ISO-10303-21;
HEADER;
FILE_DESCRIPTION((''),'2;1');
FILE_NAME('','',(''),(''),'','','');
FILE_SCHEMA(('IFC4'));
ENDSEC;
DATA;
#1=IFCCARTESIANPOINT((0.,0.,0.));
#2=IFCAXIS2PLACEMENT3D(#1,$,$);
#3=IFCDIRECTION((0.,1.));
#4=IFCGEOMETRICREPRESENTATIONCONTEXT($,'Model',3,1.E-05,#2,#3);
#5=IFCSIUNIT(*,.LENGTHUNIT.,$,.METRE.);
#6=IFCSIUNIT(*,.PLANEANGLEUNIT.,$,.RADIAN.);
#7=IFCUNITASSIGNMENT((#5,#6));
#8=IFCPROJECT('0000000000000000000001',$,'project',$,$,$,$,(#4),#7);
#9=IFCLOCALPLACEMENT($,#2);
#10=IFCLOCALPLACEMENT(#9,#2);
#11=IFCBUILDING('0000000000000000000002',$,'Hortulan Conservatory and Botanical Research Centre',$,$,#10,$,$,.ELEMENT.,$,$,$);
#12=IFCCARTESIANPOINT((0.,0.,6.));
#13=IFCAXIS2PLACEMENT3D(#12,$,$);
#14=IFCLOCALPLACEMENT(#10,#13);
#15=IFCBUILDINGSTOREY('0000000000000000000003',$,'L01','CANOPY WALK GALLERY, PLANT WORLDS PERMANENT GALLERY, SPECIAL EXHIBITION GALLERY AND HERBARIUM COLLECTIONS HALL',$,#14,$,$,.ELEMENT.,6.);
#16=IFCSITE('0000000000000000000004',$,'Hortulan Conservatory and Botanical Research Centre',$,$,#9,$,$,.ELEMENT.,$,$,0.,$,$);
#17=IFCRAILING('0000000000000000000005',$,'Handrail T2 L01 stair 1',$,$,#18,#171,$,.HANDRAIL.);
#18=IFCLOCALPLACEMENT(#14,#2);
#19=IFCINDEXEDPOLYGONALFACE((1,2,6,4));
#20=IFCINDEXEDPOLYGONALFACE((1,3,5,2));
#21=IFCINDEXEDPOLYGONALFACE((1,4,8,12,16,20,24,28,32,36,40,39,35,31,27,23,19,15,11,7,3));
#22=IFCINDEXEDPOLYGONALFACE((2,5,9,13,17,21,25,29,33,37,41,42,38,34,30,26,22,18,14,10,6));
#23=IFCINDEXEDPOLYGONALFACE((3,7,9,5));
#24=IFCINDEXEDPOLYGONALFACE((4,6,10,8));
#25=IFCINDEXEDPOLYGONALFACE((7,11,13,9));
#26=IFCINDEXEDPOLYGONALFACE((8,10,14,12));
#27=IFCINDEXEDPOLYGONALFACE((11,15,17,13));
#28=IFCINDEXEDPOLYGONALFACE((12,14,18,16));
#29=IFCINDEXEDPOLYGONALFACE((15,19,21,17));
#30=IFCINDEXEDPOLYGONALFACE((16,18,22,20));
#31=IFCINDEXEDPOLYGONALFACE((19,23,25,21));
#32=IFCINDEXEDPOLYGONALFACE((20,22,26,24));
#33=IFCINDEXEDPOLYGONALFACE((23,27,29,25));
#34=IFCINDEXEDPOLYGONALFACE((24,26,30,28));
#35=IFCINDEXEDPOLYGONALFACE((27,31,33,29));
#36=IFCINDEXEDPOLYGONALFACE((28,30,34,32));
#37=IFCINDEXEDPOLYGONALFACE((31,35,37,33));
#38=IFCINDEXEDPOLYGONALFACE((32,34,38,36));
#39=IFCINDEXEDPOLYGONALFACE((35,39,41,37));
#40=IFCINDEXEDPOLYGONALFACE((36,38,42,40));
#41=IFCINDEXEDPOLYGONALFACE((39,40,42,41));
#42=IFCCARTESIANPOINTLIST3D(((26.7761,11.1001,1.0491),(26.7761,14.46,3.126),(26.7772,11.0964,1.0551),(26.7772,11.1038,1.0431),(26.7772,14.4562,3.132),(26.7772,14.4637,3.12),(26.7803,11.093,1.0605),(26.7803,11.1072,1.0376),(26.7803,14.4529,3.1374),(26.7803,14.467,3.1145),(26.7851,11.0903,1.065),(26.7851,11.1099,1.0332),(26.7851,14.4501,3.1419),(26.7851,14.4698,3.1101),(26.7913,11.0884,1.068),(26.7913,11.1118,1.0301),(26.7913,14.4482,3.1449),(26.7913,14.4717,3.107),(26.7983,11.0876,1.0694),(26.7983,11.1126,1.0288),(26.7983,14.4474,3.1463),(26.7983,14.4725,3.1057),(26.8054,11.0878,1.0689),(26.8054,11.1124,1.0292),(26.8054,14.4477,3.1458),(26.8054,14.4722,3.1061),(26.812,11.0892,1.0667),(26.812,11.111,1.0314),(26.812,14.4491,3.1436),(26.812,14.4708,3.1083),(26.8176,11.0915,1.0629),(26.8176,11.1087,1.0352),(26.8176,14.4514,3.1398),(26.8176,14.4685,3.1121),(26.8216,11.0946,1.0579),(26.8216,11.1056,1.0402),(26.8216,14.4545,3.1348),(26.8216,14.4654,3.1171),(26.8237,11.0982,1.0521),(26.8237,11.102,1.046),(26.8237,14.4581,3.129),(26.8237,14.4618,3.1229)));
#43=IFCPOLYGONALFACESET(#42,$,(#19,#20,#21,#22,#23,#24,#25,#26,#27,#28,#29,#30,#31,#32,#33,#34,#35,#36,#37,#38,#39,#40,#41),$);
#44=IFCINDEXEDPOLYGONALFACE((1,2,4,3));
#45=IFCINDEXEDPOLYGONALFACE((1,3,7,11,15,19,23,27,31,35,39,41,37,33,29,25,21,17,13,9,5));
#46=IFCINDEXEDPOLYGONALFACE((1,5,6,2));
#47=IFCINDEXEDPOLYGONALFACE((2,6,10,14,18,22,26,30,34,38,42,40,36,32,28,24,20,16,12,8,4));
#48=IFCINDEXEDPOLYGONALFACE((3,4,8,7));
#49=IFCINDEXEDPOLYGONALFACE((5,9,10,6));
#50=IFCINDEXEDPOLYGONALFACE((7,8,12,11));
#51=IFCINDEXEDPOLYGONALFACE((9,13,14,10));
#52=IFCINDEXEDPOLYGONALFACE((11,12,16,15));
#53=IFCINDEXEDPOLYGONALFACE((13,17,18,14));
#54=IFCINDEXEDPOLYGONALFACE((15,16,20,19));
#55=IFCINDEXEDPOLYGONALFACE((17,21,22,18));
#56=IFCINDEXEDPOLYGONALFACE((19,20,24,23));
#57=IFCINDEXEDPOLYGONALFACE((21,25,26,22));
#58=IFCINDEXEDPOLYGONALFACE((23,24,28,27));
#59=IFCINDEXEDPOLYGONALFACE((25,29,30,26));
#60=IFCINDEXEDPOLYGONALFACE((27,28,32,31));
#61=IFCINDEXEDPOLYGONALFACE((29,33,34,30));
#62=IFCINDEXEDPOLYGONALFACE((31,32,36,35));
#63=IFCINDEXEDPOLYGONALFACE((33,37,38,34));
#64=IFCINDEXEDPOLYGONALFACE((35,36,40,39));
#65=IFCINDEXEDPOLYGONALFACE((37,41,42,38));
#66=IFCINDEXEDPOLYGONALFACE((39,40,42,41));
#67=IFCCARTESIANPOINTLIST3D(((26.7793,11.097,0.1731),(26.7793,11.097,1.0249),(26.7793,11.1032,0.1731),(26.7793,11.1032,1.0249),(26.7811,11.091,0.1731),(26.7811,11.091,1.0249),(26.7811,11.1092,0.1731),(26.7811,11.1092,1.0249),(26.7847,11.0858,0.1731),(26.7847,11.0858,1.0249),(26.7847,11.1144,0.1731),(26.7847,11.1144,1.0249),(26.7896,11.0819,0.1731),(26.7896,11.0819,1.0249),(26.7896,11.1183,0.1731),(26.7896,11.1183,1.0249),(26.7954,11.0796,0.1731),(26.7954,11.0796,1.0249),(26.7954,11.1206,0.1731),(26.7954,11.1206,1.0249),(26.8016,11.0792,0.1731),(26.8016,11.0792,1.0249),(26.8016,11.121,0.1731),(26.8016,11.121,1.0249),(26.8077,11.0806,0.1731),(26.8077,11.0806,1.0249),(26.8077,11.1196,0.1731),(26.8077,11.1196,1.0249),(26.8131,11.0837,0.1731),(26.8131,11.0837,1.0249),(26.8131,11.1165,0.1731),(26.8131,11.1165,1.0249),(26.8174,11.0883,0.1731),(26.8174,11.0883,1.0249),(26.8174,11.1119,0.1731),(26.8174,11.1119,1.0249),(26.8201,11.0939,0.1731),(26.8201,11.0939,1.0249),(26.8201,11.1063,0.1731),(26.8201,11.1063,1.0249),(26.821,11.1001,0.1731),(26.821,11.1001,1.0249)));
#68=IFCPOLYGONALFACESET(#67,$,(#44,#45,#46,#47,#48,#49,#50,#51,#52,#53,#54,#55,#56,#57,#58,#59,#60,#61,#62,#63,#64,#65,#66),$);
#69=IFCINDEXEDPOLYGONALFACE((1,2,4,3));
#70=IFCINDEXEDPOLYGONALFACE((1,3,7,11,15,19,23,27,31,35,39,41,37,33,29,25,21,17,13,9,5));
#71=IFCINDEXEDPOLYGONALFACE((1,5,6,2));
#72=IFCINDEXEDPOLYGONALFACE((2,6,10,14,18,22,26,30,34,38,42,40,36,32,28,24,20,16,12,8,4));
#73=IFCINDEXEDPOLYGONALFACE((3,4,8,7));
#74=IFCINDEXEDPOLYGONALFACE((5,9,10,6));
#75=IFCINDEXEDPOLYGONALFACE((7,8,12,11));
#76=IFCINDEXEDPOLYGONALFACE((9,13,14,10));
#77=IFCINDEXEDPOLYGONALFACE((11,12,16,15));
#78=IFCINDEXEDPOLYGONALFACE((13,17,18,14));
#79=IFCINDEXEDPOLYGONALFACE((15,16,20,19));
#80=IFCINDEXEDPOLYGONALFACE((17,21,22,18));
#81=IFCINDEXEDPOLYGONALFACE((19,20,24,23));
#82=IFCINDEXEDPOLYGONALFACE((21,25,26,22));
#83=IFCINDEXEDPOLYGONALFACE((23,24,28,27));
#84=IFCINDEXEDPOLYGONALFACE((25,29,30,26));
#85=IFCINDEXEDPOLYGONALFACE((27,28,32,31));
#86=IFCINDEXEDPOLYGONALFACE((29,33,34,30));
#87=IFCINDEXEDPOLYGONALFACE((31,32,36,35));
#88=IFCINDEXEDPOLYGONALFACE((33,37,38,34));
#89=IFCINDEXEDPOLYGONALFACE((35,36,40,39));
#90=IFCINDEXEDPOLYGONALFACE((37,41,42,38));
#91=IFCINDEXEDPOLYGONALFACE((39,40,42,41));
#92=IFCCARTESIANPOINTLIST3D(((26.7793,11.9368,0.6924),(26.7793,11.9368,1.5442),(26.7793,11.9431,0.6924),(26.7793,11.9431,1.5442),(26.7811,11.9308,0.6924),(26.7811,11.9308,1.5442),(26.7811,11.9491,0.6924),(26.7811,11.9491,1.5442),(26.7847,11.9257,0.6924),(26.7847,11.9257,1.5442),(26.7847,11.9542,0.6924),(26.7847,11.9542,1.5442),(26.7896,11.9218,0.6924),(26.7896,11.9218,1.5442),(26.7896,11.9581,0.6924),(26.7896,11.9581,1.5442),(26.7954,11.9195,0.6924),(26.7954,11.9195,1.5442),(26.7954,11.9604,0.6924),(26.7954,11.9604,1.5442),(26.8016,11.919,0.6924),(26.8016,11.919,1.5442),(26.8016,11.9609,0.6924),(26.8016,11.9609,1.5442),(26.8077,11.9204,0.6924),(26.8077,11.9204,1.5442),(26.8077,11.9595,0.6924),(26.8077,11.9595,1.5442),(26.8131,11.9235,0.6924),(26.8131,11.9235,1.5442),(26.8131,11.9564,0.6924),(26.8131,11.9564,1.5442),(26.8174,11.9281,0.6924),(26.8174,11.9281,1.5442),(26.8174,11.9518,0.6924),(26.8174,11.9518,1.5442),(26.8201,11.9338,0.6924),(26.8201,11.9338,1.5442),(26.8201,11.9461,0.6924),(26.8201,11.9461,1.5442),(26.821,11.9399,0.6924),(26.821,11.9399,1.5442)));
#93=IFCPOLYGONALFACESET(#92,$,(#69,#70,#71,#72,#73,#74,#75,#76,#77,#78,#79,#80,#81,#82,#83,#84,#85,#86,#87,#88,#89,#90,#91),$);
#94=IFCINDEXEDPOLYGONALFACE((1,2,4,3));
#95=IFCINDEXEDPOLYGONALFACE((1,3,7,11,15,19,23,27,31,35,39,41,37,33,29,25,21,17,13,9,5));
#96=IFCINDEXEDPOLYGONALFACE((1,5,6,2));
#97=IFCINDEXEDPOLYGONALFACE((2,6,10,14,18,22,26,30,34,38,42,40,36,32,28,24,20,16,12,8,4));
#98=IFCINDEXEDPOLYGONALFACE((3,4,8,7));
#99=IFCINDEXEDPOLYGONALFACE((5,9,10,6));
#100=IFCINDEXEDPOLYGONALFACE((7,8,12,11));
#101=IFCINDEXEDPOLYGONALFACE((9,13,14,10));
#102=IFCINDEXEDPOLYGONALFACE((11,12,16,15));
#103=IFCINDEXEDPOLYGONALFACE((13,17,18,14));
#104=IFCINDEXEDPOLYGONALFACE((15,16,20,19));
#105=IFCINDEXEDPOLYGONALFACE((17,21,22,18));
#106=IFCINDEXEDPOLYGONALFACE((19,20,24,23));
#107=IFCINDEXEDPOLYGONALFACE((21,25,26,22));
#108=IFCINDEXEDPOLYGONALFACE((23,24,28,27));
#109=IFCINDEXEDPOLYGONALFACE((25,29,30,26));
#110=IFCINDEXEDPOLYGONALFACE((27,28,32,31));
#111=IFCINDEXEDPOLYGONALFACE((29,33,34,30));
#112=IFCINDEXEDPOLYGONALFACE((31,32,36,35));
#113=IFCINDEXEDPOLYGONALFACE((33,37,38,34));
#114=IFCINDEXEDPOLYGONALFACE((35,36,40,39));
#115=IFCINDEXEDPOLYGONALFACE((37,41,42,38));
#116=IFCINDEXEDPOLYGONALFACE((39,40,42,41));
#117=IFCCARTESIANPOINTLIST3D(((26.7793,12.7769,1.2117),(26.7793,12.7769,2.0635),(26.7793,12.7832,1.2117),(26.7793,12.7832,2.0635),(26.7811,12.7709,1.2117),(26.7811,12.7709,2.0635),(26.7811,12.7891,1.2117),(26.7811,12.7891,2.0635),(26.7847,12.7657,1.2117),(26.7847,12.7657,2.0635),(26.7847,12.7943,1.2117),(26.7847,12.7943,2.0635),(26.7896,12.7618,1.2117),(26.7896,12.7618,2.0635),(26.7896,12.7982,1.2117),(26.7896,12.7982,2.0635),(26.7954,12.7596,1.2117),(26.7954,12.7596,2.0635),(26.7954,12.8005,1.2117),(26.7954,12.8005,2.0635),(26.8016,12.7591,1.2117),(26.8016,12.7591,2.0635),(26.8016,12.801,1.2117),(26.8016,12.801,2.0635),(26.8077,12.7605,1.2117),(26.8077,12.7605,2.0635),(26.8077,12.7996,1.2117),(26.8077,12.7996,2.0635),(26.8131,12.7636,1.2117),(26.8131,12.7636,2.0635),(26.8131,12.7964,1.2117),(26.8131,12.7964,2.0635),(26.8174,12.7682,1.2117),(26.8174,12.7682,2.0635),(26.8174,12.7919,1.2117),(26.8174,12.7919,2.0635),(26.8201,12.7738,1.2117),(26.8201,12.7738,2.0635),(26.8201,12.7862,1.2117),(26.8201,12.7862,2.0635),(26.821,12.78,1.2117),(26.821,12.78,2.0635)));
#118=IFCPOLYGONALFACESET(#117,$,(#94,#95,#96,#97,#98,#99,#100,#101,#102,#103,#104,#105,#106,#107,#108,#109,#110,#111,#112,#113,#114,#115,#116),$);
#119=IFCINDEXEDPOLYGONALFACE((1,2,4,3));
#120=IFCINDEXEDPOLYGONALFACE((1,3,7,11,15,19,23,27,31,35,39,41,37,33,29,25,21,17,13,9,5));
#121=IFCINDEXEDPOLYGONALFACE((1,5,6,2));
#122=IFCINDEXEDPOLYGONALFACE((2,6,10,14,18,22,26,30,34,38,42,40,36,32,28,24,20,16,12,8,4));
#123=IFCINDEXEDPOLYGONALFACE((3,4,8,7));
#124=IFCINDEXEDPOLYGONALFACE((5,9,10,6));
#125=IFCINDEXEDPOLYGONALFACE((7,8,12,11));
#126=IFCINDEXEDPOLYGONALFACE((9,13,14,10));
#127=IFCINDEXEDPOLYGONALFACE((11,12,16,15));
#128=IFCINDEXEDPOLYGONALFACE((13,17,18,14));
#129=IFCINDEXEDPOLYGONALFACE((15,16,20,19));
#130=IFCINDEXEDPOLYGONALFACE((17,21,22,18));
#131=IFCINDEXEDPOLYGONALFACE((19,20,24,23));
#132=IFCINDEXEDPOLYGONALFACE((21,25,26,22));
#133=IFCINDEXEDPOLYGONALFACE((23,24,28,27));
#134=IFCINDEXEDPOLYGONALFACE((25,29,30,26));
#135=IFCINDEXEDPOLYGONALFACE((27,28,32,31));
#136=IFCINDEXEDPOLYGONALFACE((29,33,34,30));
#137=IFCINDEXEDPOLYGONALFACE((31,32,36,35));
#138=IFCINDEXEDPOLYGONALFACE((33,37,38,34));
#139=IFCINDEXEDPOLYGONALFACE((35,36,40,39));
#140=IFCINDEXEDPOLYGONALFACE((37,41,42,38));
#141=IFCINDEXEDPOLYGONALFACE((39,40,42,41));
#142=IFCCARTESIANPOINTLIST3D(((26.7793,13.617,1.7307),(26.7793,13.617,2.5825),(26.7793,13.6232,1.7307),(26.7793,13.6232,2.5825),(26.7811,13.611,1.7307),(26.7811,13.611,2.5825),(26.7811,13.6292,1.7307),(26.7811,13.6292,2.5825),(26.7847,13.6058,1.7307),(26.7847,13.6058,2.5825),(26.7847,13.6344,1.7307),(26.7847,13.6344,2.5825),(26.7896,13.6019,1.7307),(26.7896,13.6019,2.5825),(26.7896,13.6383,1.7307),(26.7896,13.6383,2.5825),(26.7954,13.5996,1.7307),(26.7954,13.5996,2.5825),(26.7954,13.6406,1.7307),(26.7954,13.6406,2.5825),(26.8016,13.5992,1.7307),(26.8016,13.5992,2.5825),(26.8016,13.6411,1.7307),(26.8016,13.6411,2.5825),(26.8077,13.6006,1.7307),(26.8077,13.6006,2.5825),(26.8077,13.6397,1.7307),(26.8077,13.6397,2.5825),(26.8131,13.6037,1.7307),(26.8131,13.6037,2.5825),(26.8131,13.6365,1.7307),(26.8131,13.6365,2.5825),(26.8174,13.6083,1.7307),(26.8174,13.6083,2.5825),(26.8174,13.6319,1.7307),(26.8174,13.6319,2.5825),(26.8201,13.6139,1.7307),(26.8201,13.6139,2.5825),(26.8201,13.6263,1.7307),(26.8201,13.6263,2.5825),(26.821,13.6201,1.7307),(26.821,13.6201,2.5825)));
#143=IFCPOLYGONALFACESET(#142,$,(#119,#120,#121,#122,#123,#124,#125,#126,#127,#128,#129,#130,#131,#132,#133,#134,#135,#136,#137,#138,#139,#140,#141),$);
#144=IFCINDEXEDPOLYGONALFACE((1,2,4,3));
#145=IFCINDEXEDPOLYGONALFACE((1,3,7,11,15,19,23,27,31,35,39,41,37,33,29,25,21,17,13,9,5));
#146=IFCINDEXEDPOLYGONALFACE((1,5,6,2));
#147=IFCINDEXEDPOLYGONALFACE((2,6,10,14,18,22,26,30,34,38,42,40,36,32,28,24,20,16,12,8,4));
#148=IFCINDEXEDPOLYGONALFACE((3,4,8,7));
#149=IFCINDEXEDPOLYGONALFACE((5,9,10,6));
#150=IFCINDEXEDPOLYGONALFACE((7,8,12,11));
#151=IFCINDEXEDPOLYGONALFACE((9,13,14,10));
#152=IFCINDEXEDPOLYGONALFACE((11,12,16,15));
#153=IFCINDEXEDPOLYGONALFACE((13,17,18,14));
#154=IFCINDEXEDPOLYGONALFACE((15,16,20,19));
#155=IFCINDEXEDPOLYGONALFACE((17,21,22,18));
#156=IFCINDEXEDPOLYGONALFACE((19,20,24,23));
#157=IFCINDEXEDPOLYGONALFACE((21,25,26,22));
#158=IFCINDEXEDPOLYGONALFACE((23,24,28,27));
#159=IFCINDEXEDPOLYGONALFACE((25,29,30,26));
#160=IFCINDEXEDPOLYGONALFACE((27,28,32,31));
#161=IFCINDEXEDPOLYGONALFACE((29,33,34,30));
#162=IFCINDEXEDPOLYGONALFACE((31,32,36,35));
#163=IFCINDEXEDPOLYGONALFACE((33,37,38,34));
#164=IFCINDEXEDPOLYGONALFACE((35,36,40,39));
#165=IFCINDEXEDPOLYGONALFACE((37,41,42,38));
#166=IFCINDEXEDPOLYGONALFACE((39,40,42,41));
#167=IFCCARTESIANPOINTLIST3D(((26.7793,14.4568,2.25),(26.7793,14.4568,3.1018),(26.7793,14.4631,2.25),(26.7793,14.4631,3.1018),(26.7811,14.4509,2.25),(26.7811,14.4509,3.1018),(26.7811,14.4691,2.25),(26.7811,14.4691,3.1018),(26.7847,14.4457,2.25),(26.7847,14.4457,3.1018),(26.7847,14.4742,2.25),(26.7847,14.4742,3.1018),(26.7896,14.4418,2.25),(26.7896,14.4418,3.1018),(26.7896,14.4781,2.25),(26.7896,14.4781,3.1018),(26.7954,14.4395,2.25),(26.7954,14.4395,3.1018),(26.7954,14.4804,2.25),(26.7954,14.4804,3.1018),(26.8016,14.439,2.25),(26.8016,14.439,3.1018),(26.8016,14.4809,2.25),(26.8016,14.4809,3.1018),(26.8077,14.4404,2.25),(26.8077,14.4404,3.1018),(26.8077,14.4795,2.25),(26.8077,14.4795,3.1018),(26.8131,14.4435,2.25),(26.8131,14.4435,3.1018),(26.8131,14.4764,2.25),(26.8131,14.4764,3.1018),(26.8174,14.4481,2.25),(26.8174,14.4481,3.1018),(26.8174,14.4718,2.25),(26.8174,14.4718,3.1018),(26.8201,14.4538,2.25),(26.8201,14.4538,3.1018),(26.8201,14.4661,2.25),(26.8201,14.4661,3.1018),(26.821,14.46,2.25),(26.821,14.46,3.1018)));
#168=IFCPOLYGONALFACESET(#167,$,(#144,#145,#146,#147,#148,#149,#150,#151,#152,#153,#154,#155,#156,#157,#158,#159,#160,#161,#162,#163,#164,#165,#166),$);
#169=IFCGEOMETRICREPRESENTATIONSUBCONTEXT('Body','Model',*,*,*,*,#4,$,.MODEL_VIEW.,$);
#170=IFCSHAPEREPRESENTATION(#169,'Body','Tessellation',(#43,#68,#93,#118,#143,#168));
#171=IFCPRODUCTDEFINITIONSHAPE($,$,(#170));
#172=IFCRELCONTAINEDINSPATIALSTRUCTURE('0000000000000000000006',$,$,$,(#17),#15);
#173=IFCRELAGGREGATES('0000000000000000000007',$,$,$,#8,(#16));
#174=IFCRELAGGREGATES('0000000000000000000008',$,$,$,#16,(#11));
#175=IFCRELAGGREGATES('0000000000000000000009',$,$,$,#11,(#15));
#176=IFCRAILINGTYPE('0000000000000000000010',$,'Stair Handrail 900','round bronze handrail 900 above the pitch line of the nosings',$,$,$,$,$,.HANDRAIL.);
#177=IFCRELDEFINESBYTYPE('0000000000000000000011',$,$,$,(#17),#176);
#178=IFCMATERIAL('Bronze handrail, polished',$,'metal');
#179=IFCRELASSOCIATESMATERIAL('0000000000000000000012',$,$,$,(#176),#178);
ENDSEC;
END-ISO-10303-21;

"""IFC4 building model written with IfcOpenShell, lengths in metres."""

from ifc_helpers import new_model, si_unit, direction, frame, origin, origin_2d, place, context, subcontext, project, spatial, circle, extrude, material, type_object, element, save


model = new_model("IFC4")

# Units and contexts
model_context = context("Model", 3, precision=1e-05, world=origin(), true_north=direction((0.0, 1.0)))
body_context = subcontext(model_context, "Body", "Model", "MODEL_VIEW")
ifc_project = project(units=[si_unit("LENGTHUNIT", "METRE"), si_unit("PLANEANGLEUNIT", "RADIAN")], contexts=[model_context])

# Site, building, storey
site_placement = place(None, origin())
site = spatial("IfcSite", under=ifc_project, at=site_placement, Name="Hortulan Conservatory and Botanical Research Centre", CompositionType="ELEMENT", RefElevation=0.0)
building_placement = place(site_placement, origin())
building = spatial("IfcBuilding", under=site, at=building_placement, Name="Hortulan Conservatory and Botanical Research Centre", CompositionType="ELEMENT")
storey_placement = place(building_placement, frame((0.0, 0.0, 6.0)))
storey = spatial("IfcBuildingStorey", under=building, at=storey_placement, Name="L01", Description="CANOPY WALK GALLERY, PLANT WORLDS PERMANENT GALLERY, SPECIAL EXHIBITION GALLERY AND HERBARIUM COLLECTIONS HALL", CompositionType="ELEMENT", Elevation=6.0)

# Railing
ifc_material_1 = material(Name="Bronze handrail, polished", Category="metal")
railing_type_1 = type_object("IfcRailingType", Name="Stair Handrail 900", Description="round bronze handrail 900 above the pitch line of the nosings", PredefinedType="HANDRAIL", material=ifc_material_1)
railing_1_placement = place(storey_placement, frame((26.8, 11.1001, 0.1731)))
element("IfcRailing", 1, at=railing_1_placement, inside=storey, type_object=railing_type_1, Name="Handrail T2 L01 stair 1", PredefinedType="HANDRAIL", context=body_context, shape_type="SweptSolid", body=[
    extrude(circle(Radius=0.0239, at=origin_2d()), frame((0.0, 0.0, 0.876), z_axis=(0.0, 0.850606, 0.525803), x_axis=(-1.0, 0.0, 0.0)), (0.0, 0.0, 1.0), 3.95),
    extrude(circle(Radius=0.021, at=origin_2d()), origin(), (0.0, 0.0, 1.0), 0.8518),
    extrude(circle(Radius=0.021, at=origin_2d()), frame((0.0, 0.8398, 0.5193)), (0.0, 0.0, 1.0), 0.8518),
    extrude(circle(Radius=0.021, at=origin_2d()), frame((0.0, 1.6799, 1.0386)), (0.0, 0.0, 1.0), 0.8518),
    extrude(circle(Radius=0.021, at=origin_2d()), frame((0.0, 2.52, 1.5576)), (0.0, 0.0, 1.0), 0.8518),
    extrude(circle(Radius=0.021, at=origin_2d()), frame((0.0, 3.3599, 2.0769)), (0.0, 0.0, 1.0), 0.8518),
])

save(model, "model.ifc")
